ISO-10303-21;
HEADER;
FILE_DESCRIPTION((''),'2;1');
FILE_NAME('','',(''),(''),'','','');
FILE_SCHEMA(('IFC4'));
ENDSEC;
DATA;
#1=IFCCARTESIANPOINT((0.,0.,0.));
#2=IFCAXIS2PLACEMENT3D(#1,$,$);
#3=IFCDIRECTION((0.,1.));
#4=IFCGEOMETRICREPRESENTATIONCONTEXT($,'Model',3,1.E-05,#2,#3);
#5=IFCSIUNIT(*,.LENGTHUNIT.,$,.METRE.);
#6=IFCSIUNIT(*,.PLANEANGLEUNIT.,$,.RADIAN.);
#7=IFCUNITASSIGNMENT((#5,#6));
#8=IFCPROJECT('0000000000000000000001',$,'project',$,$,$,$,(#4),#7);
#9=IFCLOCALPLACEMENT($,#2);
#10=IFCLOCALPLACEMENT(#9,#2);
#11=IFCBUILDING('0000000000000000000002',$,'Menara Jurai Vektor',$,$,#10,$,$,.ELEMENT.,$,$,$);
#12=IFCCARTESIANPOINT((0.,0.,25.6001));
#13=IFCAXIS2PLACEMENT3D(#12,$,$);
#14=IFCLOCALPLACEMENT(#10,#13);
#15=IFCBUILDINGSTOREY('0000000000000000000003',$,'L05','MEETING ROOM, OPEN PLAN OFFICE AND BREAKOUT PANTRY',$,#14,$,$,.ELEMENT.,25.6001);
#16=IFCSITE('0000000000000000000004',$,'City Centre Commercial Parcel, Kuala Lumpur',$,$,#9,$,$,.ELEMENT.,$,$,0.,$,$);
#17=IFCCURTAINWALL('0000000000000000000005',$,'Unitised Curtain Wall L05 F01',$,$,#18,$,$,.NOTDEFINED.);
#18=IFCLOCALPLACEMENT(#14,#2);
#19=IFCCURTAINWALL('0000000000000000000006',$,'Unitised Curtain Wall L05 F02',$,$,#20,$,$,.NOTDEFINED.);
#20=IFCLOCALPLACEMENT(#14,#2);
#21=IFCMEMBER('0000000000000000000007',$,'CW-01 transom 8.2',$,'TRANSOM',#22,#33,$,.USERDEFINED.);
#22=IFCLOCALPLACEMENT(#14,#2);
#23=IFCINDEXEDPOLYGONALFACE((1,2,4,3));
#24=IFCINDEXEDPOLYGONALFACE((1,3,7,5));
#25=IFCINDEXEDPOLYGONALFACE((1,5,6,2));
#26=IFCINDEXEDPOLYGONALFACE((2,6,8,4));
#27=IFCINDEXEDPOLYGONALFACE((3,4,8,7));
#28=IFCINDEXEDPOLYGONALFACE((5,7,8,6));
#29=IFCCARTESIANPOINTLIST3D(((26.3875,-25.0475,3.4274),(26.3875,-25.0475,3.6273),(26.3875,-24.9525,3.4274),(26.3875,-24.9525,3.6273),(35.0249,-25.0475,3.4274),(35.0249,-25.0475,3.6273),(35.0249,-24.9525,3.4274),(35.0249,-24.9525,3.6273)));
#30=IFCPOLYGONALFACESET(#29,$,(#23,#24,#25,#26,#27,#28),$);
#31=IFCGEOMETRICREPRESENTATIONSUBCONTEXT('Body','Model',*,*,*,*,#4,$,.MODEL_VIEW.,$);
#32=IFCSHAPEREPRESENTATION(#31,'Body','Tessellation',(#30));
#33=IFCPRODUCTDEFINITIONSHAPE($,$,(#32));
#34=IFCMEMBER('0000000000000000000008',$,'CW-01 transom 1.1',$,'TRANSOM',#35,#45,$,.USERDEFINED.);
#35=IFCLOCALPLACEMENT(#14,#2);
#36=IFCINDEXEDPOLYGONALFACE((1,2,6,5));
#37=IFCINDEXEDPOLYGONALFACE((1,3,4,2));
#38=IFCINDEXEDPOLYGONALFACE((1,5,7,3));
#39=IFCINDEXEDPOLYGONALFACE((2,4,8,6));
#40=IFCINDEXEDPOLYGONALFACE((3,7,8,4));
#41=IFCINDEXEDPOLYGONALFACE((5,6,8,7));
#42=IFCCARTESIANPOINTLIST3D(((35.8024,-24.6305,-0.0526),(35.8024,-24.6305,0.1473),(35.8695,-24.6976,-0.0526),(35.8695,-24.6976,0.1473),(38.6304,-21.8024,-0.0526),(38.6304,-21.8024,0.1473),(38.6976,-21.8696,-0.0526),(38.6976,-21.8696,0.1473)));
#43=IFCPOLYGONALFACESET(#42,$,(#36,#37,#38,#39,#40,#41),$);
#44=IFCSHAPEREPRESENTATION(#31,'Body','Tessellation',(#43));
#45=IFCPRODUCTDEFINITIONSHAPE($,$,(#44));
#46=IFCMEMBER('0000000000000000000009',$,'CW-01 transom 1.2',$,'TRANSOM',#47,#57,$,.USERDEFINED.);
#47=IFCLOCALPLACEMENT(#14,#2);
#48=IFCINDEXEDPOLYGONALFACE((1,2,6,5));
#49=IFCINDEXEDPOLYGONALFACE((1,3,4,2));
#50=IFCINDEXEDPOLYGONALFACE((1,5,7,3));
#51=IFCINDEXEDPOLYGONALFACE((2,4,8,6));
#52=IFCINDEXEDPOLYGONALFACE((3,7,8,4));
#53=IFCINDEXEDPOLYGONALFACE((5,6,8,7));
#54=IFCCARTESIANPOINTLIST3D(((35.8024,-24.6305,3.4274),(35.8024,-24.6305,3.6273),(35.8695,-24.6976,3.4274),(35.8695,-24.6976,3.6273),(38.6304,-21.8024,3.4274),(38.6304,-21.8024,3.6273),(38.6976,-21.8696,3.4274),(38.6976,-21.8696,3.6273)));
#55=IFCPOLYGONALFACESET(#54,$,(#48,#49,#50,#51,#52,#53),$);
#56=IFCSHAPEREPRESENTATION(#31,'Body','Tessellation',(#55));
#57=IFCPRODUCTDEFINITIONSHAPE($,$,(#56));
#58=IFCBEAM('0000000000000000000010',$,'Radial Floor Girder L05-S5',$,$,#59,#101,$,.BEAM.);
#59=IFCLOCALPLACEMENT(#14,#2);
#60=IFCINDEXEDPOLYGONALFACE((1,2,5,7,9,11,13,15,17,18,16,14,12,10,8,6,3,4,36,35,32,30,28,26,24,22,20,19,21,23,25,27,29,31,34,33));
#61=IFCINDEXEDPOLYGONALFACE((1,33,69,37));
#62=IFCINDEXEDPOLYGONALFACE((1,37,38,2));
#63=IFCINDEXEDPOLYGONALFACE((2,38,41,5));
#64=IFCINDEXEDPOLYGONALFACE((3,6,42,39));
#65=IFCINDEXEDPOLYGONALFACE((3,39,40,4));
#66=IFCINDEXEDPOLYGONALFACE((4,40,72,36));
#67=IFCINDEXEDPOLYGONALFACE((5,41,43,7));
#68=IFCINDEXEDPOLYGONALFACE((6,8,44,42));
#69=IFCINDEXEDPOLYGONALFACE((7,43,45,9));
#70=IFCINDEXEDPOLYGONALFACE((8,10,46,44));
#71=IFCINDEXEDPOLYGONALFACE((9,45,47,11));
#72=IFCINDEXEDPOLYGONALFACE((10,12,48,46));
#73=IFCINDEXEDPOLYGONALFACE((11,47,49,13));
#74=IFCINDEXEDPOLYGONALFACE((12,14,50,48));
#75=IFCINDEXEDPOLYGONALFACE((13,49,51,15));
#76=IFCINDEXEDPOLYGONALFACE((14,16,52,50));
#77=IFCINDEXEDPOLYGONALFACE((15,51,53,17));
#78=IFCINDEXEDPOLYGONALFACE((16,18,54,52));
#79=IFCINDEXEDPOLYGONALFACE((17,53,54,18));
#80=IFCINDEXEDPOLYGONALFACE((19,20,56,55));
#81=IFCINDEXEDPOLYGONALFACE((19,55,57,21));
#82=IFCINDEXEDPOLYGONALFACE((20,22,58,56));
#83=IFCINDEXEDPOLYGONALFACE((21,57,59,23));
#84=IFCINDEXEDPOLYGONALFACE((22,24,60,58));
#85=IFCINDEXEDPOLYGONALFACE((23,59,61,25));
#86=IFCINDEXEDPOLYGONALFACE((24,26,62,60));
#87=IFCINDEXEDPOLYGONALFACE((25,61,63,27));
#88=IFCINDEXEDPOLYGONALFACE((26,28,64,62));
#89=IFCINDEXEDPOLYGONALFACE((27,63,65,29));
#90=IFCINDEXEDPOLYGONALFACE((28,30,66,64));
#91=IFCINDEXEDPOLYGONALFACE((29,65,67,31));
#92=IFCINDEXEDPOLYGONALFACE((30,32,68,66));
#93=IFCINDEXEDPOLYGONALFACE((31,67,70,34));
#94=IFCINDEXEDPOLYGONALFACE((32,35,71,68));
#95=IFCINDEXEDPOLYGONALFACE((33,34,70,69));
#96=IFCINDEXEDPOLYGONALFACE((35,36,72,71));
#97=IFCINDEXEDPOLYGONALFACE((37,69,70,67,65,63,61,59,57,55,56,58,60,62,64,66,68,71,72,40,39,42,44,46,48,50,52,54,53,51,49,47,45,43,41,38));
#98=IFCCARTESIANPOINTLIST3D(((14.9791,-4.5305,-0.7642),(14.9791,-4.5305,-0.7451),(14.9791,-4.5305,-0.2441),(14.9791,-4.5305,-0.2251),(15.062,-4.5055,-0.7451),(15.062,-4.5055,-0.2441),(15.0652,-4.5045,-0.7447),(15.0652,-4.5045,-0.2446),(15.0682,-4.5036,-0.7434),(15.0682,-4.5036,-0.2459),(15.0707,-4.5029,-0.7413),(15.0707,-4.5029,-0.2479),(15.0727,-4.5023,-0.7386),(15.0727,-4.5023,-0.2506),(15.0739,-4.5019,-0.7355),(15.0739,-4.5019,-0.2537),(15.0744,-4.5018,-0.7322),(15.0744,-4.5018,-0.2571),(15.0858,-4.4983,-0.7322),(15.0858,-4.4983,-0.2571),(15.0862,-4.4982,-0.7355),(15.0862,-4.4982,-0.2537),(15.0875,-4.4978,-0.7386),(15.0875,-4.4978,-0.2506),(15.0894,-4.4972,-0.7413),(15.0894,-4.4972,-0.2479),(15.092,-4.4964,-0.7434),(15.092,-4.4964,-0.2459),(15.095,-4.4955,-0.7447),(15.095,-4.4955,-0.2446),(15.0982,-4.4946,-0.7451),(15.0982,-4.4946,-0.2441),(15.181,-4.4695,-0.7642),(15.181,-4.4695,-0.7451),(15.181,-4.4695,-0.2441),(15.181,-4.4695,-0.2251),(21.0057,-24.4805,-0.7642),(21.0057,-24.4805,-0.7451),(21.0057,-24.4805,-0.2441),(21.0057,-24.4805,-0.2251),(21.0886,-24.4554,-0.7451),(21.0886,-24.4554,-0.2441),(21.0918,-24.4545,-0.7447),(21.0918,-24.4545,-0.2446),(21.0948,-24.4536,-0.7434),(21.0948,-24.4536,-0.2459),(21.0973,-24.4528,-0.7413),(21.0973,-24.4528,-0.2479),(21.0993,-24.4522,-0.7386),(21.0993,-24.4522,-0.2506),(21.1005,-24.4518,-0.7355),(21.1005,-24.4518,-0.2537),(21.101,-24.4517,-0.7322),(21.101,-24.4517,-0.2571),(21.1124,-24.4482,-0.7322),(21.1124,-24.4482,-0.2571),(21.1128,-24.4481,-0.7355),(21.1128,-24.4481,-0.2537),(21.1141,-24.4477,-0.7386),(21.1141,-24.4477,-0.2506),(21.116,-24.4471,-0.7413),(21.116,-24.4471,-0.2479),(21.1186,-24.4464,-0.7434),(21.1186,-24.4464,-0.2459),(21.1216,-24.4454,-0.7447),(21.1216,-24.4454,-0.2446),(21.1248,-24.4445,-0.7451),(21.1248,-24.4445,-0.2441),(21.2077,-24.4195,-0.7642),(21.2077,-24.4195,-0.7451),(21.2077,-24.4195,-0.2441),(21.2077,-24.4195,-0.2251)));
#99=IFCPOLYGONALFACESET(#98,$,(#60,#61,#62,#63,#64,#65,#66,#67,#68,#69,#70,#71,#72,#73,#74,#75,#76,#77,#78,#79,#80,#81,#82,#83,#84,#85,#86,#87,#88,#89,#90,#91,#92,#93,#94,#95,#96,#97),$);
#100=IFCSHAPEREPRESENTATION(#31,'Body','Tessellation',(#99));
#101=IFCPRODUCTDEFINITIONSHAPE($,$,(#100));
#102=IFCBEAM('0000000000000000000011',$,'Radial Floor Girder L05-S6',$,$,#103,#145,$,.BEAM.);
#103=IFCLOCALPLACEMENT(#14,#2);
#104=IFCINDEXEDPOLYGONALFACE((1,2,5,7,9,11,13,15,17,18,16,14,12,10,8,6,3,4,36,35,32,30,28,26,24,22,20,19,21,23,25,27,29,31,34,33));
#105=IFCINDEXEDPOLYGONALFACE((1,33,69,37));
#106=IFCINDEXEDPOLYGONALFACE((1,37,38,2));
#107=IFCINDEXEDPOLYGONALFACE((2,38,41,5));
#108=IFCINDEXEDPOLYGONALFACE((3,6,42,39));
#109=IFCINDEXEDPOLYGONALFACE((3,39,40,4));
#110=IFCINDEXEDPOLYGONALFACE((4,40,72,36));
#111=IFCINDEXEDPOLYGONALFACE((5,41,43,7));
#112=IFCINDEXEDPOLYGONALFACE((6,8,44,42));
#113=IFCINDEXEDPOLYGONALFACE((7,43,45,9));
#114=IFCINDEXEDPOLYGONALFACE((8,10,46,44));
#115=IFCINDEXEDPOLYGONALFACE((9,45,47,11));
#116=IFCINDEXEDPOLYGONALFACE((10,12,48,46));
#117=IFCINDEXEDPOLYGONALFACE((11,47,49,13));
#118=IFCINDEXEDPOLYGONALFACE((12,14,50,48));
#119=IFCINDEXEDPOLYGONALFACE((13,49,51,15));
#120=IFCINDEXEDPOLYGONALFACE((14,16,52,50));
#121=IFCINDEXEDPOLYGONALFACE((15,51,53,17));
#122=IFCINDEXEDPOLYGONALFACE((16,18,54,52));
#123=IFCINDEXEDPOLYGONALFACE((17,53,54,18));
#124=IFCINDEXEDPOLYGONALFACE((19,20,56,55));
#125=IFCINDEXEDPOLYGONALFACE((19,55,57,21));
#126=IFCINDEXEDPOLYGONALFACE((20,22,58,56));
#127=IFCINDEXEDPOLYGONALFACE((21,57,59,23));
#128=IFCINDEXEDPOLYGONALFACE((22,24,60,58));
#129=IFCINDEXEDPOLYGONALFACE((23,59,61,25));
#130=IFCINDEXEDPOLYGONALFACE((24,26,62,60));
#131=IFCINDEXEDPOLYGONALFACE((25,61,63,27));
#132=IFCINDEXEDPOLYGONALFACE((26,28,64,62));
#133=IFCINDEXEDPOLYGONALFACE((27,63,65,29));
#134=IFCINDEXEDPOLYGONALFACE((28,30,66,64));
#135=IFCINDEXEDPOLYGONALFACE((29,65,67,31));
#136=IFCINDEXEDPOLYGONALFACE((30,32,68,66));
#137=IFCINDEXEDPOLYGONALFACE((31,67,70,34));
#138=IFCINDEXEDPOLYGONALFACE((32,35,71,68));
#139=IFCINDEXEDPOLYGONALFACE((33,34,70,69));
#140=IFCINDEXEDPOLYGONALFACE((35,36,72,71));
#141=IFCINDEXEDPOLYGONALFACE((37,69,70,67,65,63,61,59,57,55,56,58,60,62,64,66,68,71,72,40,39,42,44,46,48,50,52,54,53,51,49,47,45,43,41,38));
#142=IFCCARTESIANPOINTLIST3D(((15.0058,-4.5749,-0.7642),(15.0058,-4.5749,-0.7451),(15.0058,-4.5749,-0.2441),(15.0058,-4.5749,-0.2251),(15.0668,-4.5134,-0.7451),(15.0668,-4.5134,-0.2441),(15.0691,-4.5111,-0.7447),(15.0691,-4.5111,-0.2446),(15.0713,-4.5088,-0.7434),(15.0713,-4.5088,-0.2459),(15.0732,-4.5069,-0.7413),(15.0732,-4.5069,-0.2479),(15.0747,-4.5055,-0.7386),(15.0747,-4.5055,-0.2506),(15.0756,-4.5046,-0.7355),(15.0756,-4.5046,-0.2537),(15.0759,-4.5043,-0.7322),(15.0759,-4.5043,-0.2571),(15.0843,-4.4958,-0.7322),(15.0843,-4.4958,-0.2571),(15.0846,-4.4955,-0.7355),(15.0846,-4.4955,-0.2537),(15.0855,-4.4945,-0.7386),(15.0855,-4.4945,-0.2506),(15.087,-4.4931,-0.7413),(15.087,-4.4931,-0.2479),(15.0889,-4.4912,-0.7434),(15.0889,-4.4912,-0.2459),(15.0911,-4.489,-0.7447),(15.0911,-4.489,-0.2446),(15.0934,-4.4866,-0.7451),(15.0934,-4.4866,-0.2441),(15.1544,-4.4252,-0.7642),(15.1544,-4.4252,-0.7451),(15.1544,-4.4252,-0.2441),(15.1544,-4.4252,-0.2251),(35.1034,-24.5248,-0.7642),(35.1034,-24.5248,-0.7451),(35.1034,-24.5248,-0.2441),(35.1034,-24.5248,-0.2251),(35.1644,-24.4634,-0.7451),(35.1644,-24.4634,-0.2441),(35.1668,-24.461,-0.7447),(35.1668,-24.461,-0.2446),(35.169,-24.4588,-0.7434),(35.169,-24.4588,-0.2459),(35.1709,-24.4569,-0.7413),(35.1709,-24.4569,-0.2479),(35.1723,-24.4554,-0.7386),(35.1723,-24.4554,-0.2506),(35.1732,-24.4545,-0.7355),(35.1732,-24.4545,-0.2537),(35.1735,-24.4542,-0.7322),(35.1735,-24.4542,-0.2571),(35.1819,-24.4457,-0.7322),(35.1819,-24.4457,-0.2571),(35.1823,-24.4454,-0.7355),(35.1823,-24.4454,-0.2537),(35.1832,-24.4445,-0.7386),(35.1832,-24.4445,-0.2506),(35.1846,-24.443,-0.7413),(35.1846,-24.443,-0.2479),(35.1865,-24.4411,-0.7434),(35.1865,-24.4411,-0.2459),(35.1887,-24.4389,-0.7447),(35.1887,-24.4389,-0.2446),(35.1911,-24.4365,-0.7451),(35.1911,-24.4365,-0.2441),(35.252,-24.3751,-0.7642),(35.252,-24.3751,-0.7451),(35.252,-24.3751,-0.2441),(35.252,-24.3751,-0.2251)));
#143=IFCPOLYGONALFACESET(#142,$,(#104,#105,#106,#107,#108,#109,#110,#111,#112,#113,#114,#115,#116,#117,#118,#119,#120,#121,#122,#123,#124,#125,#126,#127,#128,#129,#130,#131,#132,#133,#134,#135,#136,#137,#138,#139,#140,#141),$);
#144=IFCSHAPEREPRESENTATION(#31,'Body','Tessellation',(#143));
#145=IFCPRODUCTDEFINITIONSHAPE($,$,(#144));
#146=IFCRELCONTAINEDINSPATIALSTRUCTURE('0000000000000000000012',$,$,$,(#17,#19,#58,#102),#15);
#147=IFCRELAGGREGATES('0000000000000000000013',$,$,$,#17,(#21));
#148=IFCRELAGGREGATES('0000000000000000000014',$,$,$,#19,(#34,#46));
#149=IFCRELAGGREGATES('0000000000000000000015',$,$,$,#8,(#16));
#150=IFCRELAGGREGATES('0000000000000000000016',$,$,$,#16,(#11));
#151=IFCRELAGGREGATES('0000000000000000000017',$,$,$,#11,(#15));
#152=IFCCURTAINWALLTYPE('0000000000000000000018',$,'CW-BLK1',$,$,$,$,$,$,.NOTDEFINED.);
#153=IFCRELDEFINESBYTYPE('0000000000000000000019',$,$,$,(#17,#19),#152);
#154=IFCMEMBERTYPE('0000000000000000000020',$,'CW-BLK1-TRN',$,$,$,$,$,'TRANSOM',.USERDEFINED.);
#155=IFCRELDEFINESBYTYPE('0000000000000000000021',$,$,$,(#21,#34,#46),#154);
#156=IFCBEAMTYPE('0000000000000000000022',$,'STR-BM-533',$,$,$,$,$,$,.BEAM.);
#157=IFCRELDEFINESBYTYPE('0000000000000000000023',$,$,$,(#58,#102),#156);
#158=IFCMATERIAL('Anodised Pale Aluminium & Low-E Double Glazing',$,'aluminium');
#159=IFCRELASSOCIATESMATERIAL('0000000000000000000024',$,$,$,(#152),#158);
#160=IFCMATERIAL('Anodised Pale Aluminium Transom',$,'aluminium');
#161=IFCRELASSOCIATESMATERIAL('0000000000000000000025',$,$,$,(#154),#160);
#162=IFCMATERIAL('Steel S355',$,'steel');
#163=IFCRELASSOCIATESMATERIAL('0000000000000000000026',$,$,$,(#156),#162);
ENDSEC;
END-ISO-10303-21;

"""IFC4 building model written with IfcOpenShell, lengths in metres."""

from ifc_helpers import new_model, si_unit, direction, frame, origin, origin_2d, place, context, subcontext, project, spatial, rectangle, i_section, extrude, material, material_profile, profile_set, type_object, element, aggregate, save


model = new_model("IFC4")

# Units and contexts
model_context = context("Model", 3, precision=1e-05, world=origin(), true_north=direction((0.0, 1.0)))
body_context = subcontext(model_context, "Body", "Model", "MODEL_VIEW")
ifc_project = project(units=[si_unit("LENGTHUNIT", "METRE"), si_unit("PLANEANGLEUNIT", "RADIAN")], contexts=[model_context])

# Site, building, storey
site_placement = place(None, origin())
site = spatial("IfcSite", under=ifc_project, at=site_placement, Name="City Centre Commercial Parcel, Kuala Lumpur", CompositionType="ELEMENT", RefElevation=0.0)
building_placement = place(site_placement, origin())
building = spatial("IfcBuilding", under=site, at=building_placement, Name="Menara Jurai Vektor", CompositionType="ELEMENT")
storey_placement = place(building_placement, frame((0.0, 0.0, 25.6001)))
storey = spatial("IfcBuildingStorey", under=building, at=storey_placement, Name="L05", Description="MEETING ROOM, OPEN PLAN OFFICE AND BREAKOUT PANTRY", CompositionType="ELEMENT", Elevation=25.6001)

# Curtain wall
ifc_material_1 = material(Name="Anodised Pale Aluminium & Low-E Double Glazing", Category="aluminium")
curtain_wall_type = type_object("IfcCurtainWallType", Name="CW-BLK1", PredefinedType="NOTDEFINED", material=ifc_material_1)
curtain_wall_1_placement = place(storey_placement, origin())
curtain_wall_1 = element("IfcCurtainWall", 1, at=curtain_wall_1_placement, inside=storey, type_object=curtain_wall_type, Name="Unitised Curtain Wall L05 F01", PredefinedType="NOTDEFINED")

# Curtain wall
curtain_wall_2_placement = place(storey_placement, origin())
curtain_wall_2 = element("IfcCurtainWall", 2, at=curtain_wall_2_placement, inside=storey, type_object=curtain_wall_type, Name="Unitised Curtain Wall L05 F02", PredefinedType="NOTDEFINED")

# Members
ifc_material_2 = material(Name="Anodised Pale Aluminium Transom", Category="aluminium")
ifc_material_profile_1 = material_profile(ifc_material_2, rectangle(XDim=0.095, YDim=0.2, at=origin_2d()), Name="ALU TRN 95x200")
ifc_profile_set_1 = profile_set([ifc_material_profile_1], Name="Anodised Pale Aluminium Transom")
member_type_1 = type_object("IfcMemberType", Name="CW-BLK1-TRN", ElementType="TRANSOM", PredefinedType="USERDEFINED", material=ifc_profile_set_1)
member_1_placement = place(storey_placement, frame((26.3875, -25.0, 3.5273), z_axis=(1.0, 0.0, 0.0), x_axis=(0.0, 1.0, 0.0)))
member_1 = element("IfcMember", 3, at=member_1_placement, type_object=member_type_1, Name="CW-01 transom 8.2", ObjectType="TRANSOM", PredefinedType="USERDEFINED", context=body_context, shape_type="SweptSolid", body=[
    extrude(rectangle(XDim=0.095, YDim=0.2, at=origin_2d()), origin(), (0.0, 0.0, 1.0), 8.6375),
])
member_2_placement = place(storey_placement, frame((35.8359, -24.6641, 0.0474), z_axis=(0.707107, 0.707107, 0.0), x_axis=(-0.707107, 0.707107, 0.0)))
member_2 = element("IfcMember", 4, at=member_2_placement, type_object=member_type_1, Name="CW-01 transom 1.1", ObjectType="TRANSOM", PredefinedType="USERDEFINED", context=body_context, shape_type="SweptSolid", body=[
    extrude(rectangle(XDim=0.095, YDim=0.2, at=origin_2d()), origin(), (0.0, 0.0, 1.0), 3.9995),
])
member_3_placement = place(storey_placement, frame((35.8359, -24.6641, 3.5273), z_axis=(0.707107, 0.707107, 0.0), x_axis=(-0.707107, 0.707107, 0.0)))
member_3 = element("IfcMember", 5, at=member_3_placement, type_object=member_type_1, Name="CW-01 transom 1.2", ObjectType="TRANSOM", PredefinedType="USERDEFINED", context=body_context, shape_type="SweptSolid", body=[
    extrude(rectangle(XDim=0.095, YDim=0.2, at=origin_2d()), origin(), (0.0, 0.0, 1.0), 3.9995),
])

# Beams
ifc_material_3 = material(Name="Steel S355", Category="steel")
ifc_material_profile_2 = material_profile(ifc_material_3, i_section(OverallWidth=0.2109, OverallDepth=0.5391, WebThickness=0.012, FlangeThickness=0.019, FilletRadius=0.0129, at=origin_2d()), Name="UKB 533x210x109")
ifc_profile_set_2 = profile_set([ifc_material_profile_2], Name="Steel S355")
beam_type_1 = type_object("IfcBeamType", Name="STR-BM-533", PredefinedType="BEAM", material=ifc_profile_set_2)
beam_1_placement = place(storey_placement, frame((21.1067, -24.45, -0.4946), z_axis=(-0.28918, 0.957275, 0.0), x_axis=(-0.957275, -0.28918, 0.0)))
element("IfcBeam", 6, at=beam_1_placement, inside=storey, type_object=beam_type_1, Name="Radial Floor Girder L05-S5", PredefinedType="BEAM", context=body_context, shape_type="SweptSolid", body=[
    extrude(i_section(OverallWidth=0.2109, OverallDepth=0.5391, WebThickness=0.012, FlangeThickness=0.019, FilletRadius=0.0129, at=origin_2d()), origin(), (0.0, 0.0, 1.0), 20.8403),
])
beam_2_placement = place(storey_placement, frame((35.1777, -24.45, -0.4946), z_axis=(-0.70971, 0.704494, 0.0), x_axis=(-0.704494, -0.70971, 0.0)))
element("IfcBeam", 7, at=beam_2_placement, inside=storey, type_object=beam_type_1, Name="Radial Floor Girder L05-S6", PredefinedType="BEAM", context=body_context, shape_type="SweptSolid", body=[
    extrude(i_section(OverallWidth=0.2109, OverallDepth=0.5391, WebThickness=0.012, FlangeThickness=0.019, FilletRadius=0.0129, at=origin_2d()), origin(), (0.0, 0.0, 1.0), 28.3181),
])

aggregate(curtain_wall_1, [member_1])
aggregate(curtain_wall_2, [member_2, member_3])

save(model, "model.ifc")
